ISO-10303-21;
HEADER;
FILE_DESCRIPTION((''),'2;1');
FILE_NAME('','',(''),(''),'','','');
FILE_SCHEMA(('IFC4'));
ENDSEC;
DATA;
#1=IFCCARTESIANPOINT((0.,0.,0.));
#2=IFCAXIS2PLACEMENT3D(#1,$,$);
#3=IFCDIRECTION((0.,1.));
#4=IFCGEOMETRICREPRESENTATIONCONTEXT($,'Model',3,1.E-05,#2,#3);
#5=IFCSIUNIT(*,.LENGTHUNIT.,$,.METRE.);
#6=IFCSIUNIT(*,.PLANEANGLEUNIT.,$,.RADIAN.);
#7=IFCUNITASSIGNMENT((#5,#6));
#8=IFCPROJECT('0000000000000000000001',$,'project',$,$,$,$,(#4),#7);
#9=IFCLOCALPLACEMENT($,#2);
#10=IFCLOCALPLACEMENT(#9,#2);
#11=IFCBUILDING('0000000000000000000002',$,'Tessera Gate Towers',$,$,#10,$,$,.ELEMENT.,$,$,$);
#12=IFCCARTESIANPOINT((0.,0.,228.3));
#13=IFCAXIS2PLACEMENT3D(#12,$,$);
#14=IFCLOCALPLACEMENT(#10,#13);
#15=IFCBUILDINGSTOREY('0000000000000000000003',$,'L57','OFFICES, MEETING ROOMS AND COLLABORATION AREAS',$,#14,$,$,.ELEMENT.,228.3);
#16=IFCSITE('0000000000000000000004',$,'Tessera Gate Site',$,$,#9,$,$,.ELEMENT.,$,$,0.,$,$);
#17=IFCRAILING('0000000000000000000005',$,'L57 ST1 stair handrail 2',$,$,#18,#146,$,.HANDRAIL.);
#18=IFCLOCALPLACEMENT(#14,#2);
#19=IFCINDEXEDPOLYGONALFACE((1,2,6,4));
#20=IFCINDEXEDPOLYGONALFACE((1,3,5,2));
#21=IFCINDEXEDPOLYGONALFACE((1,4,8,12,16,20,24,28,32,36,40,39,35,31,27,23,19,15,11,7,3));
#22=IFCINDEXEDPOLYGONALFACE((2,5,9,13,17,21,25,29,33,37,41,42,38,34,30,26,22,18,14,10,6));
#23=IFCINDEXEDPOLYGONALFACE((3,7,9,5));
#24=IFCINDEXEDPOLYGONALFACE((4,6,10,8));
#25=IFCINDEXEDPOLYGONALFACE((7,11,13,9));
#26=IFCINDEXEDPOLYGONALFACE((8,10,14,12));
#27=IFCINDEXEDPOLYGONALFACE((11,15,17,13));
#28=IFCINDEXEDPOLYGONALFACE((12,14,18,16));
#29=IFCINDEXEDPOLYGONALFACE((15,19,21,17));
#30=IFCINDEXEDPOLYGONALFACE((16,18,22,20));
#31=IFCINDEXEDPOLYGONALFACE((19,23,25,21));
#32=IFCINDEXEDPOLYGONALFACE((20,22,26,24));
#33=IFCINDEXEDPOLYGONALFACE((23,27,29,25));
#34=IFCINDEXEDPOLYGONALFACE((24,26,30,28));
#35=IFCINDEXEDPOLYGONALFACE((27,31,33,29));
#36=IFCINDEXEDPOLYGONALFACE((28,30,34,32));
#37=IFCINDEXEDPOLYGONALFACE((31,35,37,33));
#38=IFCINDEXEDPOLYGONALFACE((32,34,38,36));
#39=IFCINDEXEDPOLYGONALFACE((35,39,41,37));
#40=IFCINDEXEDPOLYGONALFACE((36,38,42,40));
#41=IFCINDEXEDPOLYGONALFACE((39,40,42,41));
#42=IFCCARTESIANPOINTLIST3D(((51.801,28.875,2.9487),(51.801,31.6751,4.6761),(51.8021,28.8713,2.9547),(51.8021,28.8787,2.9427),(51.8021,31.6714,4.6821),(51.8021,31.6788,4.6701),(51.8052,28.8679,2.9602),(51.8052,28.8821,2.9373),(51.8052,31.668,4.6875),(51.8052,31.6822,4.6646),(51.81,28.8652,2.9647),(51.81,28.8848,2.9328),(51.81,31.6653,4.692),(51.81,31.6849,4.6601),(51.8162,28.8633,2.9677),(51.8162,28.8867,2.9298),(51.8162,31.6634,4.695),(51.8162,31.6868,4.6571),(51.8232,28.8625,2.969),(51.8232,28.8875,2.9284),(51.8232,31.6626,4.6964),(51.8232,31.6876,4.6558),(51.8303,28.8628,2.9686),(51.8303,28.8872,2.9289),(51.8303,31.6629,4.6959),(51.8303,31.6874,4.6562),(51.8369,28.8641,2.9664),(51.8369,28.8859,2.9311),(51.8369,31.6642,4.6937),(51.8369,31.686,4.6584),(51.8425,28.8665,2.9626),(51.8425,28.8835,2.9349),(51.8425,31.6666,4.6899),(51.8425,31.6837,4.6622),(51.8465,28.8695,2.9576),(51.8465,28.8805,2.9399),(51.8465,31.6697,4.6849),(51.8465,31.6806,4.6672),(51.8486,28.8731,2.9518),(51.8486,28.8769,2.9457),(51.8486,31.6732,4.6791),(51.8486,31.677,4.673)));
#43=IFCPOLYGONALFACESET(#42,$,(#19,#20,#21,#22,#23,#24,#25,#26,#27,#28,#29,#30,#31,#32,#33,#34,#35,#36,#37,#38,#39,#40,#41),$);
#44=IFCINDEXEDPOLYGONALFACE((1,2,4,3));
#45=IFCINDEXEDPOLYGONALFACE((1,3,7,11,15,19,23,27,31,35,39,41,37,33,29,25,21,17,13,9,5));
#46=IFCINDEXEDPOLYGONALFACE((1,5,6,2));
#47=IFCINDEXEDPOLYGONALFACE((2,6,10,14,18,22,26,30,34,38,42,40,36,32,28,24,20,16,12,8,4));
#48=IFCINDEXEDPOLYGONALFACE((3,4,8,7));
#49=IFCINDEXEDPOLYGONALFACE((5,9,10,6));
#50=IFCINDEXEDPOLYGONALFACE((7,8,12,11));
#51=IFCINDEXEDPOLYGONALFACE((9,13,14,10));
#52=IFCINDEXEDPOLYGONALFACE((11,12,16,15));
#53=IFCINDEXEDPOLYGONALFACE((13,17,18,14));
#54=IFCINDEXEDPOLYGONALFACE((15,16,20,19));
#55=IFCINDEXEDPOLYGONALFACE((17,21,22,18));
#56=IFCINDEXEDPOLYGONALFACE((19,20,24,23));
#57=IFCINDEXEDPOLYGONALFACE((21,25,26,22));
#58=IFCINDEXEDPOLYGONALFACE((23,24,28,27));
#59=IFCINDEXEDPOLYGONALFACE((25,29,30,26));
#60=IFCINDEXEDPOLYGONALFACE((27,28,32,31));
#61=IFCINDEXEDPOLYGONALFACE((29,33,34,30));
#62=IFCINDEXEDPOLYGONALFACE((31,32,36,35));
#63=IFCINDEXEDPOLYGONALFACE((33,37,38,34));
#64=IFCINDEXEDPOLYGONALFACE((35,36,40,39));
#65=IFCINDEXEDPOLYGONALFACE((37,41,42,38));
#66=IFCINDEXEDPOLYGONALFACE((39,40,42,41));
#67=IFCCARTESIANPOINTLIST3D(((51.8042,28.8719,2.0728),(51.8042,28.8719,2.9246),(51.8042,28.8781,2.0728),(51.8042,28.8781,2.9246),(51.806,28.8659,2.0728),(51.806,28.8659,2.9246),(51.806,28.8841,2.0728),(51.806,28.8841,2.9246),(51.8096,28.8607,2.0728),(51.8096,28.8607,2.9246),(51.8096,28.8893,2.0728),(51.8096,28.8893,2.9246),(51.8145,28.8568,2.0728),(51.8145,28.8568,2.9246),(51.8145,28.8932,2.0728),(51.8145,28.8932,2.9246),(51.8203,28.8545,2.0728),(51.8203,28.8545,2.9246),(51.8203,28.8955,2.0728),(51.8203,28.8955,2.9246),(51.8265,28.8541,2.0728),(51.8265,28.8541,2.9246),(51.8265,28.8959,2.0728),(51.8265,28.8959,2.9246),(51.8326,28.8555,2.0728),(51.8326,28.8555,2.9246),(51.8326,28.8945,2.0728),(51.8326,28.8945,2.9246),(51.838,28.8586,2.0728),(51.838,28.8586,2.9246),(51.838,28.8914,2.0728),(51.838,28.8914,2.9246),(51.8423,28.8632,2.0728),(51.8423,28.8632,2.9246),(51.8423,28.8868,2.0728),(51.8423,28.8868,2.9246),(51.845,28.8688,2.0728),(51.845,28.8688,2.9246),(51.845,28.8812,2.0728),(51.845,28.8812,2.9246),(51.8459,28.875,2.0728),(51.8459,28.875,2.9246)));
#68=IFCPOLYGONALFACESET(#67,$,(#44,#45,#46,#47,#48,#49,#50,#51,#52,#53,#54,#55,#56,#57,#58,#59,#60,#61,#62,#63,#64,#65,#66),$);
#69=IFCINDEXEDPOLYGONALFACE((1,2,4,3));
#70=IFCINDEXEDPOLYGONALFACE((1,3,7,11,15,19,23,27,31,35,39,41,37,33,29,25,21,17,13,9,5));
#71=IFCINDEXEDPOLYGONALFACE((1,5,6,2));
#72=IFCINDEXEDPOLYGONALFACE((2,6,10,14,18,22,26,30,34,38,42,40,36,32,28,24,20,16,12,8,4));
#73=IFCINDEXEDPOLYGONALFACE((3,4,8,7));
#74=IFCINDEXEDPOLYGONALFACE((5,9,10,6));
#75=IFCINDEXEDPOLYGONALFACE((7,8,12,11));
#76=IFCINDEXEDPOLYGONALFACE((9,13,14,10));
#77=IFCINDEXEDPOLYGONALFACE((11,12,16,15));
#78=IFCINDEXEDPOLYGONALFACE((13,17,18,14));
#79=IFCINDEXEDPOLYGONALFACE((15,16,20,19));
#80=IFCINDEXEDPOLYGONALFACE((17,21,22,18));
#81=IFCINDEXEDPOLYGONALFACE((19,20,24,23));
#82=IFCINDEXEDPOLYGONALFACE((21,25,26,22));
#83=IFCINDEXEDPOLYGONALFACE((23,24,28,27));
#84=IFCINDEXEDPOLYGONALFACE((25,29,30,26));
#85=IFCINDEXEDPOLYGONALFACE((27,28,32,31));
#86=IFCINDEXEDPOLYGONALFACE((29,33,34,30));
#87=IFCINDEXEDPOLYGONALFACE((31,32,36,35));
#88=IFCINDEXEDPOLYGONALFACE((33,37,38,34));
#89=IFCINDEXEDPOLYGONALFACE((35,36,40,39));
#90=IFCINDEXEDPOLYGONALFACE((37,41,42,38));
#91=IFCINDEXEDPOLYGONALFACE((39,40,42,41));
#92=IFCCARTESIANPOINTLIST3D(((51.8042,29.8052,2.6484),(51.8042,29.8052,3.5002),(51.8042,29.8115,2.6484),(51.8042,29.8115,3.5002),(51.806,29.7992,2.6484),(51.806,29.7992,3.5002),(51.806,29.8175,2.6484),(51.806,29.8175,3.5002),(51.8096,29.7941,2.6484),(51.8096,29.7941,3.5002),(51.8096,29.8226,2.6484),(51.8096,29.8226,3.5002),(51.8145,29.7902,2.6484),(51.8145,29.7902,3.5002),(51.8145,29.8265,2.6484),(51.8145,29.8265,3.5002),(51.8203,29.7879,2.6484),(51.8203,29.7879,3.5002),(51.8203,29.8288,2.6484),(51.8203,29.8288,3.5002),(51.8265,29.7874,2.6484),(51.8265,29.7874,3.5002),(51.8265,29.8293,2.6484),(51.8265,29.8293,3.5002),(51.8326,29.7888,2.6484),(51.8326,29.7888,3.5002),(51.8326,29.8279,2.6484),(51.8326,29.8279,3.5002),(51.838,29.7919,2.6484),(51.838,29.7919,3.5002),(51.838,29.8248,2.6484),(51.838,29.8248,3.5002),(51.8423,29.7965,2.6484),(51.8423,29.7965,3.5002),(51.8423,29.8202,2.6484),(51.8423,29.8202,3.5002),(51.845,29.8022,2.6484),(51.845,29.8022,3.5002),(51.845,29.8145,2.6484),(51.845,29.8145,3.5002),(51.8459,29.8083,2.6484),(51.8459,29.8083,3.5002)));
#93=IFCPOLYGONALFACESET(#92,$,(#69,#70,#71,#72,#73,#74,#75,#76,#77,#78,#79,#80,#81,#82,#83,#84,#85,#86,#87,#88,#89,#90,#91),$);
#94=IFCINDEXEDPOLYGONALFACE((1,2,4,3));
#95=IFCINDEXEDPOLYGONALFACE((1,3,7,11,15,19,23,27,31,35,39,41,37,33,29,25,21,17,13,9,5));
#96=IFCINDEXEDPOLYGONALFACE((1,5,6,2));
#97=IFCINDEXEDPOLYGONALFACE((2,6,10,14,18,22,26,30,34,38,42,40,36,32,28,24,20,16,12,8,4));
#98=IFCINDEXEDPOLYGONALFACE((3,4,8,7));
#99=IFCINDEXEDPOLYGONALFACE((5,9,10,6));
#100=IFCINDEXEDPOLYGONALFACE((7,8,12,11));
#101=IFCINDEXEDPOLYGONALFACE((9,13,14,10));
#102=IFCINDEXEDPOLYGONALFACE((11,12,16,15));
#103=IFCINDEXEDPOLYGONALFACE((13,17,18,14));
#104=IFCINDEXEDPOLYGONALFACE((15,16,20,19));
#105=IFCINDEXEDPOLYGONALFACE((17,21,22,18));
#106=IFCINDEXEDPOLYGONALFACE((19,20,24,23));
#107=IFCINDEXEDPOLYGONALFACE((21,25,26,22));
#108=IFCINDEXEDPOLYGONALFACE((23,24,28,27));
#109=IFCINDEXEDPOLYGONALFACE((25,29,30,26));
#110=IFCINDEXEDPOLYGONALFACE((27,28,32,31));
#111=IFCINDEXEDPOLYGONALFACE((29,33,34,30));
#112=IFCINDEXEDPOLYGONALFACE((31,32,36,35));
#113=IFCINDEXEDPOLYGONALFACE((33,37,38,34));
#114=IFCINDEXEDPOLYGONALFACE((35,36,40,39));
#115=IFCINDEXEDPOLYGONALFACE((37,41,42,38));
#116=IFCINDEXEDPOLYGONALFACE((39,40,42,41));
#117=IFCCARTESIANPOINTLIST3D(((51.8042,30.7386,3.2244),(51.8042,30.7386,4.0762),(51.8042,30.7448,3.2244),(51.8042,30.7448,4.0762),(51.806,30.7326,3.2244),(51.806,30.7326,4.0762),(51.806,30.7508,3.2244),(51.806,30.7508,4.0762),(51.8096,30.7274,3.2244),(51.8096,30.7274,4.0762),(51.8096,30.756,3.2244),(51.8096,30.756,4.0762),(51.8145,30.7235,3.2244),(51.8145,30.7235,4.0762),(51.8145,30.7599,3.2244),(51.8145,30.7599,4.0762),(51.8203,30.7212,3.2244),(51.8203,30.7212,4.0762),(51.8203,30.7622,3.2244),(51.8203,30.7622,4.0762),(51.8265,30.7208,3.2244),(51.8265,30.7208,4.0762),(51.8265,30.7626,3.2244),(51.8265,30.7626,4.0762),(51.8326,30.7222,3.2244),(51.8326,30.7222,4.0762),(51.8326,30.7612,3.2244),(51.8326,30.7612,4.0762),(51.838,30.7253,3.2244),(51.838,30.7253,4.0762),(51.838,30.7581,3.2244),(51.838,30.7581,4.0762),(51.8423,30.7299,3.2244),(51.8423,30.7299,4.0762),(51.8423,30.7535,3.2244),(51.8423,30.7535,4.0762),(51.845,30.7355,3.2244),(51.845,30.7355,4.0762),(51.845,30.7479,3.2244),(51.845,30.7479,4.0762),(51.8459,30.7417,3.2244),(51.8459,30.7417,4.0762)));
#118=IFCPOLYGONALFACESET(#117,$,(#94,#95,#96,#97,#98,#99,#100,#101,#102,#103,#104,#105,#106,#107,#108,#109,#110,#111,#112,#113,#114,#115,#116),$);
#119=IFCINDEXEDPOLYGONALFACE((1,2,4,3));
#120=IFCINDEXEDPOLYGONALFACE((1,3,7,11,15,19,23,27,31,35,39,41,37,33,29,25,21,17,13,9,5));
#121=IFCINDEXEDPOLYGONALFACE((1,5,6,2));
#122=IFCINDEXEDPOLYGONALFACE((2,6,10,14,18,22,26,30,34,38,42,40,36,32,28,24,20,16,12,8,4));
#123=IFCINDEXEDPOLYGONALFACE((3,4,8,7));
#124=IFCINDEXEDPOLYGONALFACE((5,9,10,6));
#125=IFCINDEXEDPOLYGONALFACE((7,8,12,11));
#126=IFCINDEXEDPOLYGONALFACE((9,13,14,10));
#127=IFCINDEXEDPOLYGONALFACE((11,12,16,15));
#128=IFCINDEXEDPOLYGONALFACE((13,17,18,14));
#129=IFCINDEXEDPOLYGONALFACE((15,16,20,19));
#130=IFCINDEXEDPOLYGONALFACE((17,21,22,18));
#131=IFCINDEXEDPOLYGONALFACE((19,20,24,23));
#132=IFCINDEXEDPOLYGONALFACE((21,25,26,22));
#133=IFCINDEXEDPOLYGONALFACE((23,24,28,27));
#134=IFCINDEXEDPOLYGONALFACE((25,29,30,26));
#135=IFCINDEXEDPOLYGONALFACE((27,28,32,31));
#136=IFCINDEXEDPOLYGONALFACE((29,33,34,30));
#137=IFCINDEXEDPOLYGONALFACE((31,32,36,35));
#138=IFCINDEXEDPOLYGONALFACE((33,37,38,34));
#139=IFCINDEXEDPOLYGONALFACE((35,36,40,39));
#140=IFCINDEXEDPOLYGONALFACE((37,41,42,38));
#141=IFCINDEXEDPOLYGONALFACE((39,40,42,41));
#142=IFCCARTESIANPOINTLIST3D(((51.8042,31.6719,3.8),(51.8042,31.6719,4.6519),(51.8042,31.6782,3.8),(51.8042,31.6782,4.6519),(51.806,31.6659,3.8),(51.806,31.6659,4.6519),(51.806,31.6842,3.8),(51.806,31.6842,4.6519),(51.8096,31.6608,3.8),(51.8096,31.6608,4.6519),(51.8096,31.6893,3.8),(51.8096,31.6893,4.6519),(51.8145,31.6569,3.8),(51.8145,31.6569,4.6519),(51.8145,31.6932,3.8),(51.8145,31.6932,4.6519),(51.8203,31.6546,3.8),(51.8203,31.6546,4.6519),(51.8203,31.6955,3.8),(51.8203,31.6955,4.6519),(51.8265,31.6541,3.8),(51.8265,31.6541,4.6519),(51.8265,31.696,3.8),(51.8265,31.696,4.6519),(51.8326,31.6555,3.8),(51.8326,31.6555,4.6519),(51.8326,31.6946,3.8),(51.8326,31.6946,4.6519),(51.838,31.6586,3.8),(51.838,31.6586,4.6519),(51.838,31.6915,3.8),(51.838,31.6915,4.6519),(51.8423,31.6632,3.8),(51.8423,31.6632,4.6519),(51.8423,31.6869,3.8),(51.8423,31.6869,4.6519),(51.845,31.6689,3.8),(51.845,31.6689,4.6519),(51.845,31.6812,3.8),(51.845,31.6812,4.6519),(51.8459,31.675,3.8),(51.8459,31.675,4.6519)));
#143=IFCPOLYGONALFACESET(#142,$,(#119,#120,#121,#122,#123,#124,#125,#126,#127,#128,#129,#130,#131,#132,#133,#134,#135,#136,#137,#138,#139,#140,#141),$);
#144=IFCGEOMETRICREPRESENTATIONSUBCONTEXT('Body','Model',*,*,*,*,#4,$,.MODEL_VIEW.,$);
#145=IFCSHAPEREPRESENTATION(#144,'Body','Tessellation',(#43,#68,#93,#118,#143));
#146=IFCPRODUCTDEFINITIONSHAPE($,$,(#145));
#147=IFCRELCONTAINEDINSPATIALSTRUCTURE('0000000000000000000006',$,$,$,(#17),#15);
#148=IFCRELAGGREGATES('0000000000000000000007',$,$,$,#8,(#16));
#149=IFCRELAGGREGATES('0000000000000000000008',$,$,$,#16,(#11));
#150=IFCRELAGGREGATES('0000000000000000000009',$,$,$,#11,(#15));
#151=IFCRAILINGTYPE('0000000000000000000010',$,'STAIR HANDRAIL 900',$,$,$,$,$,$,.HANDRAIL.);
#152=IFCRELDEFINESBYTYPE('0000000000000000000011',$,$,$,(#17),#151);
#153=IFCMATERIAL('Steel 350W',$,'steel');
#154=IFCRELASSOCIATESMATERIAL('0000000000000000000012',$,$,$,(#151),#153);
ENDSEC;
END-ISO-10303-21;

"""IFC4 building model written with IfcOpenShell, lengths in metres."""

from ifc_helpers import new_model, si_unit, direction, frame, origin, origin_2d, place, context, subcontext, project, spatial, circle, extrude, material, type_object, element, save


model = new_model("IFC4")

# Units and contexts
model_context = context("Model", 3, precision=1e-05, world=origin(), true_north=direction((0.0, 1.0)))
body_context = subcontext(model_context, "Body", "Model", "MODEL_VIEW")
ifc_project = project(units=[si_unit("LENGTHUNIT", "METRE"), si_unit("PLANEANGLEUNIT", "RADIAN")], contexts=[model_context])

# Site, building, storey
site_placement = place(None, origin())
site = spatial("IfcSite", under=ifc_project, at=site_placement, Name="Tessera Gate Site", CompositionType="ELEMENT", RefElevation=0.0)
building_placement = place(site_placement, origin())
building = spatial("IfcBuilding", under=site, at=building_placement, Name="Tessera Gate Towers", CompositionType="ELEMENT")
storey_placement = place(building_placement, frame((0.0, 0.0, 228.3)))
storey = spatial("IfcBuildingStorey", under=building, at=storey_placement, Name="L57", Description="OFFICES, MEETING ROOMS AND COLLABORATION AREAS", CompositionType="ELEMENT", Elevation=228.3)

# Railing
ifc_material_1 = material(Name="Steel 350W", Category="steel")
railing_type = type_object("IfcRailingType", Name="STAIR HANDRAIL 900", PredefinedType="HANDRAIL", material=ifc_material_1)
railing_1_placement = place(storey_placement, frame((51.825, 28.875, 2.0728)))
element("IfcRailing", 1, at=railing_1_placement, inside=storey, type_object=railing_type, Name="L57 ST1 stair handrail 2", PredefinedType="HANDRAIL", context=body_context, shape_type="SweptSolid", body=[
    extrude(circle(Radius=0.0239, at=origin_2d()), frame((0.0, 0.0, 0.876), z_axis=(0.0, 0.85109, 0.52502), x_axis=(-1.0, 0.0, 0.0)), (0.0, 0.0, 1.0), 3.29),
    extrude(circle(Radius=0.021, at=origin_2d()), origin(), (0.0, 0.0, 1.0), 0.8518),
    extrude(circle(Radius=0.021, at=origin_2d()), frame((0.0, 0.9333, 0.5757)), (0.0, 0.0, 1.0), 0.8518),
    extrude(circle(Radius=0.021, at=origin_2d()), frame((0.0, 1.8667, 1.1516)), (0.0, 0.0, 1.0), 0.8518),
    extrude(circle(Radius=0.021, at=origin_2d()), frame((0.0, 2.8, 1.7273)), (0.0, 0.0, 1.0), 0.8518),
])

save(model, "model.ifc")
